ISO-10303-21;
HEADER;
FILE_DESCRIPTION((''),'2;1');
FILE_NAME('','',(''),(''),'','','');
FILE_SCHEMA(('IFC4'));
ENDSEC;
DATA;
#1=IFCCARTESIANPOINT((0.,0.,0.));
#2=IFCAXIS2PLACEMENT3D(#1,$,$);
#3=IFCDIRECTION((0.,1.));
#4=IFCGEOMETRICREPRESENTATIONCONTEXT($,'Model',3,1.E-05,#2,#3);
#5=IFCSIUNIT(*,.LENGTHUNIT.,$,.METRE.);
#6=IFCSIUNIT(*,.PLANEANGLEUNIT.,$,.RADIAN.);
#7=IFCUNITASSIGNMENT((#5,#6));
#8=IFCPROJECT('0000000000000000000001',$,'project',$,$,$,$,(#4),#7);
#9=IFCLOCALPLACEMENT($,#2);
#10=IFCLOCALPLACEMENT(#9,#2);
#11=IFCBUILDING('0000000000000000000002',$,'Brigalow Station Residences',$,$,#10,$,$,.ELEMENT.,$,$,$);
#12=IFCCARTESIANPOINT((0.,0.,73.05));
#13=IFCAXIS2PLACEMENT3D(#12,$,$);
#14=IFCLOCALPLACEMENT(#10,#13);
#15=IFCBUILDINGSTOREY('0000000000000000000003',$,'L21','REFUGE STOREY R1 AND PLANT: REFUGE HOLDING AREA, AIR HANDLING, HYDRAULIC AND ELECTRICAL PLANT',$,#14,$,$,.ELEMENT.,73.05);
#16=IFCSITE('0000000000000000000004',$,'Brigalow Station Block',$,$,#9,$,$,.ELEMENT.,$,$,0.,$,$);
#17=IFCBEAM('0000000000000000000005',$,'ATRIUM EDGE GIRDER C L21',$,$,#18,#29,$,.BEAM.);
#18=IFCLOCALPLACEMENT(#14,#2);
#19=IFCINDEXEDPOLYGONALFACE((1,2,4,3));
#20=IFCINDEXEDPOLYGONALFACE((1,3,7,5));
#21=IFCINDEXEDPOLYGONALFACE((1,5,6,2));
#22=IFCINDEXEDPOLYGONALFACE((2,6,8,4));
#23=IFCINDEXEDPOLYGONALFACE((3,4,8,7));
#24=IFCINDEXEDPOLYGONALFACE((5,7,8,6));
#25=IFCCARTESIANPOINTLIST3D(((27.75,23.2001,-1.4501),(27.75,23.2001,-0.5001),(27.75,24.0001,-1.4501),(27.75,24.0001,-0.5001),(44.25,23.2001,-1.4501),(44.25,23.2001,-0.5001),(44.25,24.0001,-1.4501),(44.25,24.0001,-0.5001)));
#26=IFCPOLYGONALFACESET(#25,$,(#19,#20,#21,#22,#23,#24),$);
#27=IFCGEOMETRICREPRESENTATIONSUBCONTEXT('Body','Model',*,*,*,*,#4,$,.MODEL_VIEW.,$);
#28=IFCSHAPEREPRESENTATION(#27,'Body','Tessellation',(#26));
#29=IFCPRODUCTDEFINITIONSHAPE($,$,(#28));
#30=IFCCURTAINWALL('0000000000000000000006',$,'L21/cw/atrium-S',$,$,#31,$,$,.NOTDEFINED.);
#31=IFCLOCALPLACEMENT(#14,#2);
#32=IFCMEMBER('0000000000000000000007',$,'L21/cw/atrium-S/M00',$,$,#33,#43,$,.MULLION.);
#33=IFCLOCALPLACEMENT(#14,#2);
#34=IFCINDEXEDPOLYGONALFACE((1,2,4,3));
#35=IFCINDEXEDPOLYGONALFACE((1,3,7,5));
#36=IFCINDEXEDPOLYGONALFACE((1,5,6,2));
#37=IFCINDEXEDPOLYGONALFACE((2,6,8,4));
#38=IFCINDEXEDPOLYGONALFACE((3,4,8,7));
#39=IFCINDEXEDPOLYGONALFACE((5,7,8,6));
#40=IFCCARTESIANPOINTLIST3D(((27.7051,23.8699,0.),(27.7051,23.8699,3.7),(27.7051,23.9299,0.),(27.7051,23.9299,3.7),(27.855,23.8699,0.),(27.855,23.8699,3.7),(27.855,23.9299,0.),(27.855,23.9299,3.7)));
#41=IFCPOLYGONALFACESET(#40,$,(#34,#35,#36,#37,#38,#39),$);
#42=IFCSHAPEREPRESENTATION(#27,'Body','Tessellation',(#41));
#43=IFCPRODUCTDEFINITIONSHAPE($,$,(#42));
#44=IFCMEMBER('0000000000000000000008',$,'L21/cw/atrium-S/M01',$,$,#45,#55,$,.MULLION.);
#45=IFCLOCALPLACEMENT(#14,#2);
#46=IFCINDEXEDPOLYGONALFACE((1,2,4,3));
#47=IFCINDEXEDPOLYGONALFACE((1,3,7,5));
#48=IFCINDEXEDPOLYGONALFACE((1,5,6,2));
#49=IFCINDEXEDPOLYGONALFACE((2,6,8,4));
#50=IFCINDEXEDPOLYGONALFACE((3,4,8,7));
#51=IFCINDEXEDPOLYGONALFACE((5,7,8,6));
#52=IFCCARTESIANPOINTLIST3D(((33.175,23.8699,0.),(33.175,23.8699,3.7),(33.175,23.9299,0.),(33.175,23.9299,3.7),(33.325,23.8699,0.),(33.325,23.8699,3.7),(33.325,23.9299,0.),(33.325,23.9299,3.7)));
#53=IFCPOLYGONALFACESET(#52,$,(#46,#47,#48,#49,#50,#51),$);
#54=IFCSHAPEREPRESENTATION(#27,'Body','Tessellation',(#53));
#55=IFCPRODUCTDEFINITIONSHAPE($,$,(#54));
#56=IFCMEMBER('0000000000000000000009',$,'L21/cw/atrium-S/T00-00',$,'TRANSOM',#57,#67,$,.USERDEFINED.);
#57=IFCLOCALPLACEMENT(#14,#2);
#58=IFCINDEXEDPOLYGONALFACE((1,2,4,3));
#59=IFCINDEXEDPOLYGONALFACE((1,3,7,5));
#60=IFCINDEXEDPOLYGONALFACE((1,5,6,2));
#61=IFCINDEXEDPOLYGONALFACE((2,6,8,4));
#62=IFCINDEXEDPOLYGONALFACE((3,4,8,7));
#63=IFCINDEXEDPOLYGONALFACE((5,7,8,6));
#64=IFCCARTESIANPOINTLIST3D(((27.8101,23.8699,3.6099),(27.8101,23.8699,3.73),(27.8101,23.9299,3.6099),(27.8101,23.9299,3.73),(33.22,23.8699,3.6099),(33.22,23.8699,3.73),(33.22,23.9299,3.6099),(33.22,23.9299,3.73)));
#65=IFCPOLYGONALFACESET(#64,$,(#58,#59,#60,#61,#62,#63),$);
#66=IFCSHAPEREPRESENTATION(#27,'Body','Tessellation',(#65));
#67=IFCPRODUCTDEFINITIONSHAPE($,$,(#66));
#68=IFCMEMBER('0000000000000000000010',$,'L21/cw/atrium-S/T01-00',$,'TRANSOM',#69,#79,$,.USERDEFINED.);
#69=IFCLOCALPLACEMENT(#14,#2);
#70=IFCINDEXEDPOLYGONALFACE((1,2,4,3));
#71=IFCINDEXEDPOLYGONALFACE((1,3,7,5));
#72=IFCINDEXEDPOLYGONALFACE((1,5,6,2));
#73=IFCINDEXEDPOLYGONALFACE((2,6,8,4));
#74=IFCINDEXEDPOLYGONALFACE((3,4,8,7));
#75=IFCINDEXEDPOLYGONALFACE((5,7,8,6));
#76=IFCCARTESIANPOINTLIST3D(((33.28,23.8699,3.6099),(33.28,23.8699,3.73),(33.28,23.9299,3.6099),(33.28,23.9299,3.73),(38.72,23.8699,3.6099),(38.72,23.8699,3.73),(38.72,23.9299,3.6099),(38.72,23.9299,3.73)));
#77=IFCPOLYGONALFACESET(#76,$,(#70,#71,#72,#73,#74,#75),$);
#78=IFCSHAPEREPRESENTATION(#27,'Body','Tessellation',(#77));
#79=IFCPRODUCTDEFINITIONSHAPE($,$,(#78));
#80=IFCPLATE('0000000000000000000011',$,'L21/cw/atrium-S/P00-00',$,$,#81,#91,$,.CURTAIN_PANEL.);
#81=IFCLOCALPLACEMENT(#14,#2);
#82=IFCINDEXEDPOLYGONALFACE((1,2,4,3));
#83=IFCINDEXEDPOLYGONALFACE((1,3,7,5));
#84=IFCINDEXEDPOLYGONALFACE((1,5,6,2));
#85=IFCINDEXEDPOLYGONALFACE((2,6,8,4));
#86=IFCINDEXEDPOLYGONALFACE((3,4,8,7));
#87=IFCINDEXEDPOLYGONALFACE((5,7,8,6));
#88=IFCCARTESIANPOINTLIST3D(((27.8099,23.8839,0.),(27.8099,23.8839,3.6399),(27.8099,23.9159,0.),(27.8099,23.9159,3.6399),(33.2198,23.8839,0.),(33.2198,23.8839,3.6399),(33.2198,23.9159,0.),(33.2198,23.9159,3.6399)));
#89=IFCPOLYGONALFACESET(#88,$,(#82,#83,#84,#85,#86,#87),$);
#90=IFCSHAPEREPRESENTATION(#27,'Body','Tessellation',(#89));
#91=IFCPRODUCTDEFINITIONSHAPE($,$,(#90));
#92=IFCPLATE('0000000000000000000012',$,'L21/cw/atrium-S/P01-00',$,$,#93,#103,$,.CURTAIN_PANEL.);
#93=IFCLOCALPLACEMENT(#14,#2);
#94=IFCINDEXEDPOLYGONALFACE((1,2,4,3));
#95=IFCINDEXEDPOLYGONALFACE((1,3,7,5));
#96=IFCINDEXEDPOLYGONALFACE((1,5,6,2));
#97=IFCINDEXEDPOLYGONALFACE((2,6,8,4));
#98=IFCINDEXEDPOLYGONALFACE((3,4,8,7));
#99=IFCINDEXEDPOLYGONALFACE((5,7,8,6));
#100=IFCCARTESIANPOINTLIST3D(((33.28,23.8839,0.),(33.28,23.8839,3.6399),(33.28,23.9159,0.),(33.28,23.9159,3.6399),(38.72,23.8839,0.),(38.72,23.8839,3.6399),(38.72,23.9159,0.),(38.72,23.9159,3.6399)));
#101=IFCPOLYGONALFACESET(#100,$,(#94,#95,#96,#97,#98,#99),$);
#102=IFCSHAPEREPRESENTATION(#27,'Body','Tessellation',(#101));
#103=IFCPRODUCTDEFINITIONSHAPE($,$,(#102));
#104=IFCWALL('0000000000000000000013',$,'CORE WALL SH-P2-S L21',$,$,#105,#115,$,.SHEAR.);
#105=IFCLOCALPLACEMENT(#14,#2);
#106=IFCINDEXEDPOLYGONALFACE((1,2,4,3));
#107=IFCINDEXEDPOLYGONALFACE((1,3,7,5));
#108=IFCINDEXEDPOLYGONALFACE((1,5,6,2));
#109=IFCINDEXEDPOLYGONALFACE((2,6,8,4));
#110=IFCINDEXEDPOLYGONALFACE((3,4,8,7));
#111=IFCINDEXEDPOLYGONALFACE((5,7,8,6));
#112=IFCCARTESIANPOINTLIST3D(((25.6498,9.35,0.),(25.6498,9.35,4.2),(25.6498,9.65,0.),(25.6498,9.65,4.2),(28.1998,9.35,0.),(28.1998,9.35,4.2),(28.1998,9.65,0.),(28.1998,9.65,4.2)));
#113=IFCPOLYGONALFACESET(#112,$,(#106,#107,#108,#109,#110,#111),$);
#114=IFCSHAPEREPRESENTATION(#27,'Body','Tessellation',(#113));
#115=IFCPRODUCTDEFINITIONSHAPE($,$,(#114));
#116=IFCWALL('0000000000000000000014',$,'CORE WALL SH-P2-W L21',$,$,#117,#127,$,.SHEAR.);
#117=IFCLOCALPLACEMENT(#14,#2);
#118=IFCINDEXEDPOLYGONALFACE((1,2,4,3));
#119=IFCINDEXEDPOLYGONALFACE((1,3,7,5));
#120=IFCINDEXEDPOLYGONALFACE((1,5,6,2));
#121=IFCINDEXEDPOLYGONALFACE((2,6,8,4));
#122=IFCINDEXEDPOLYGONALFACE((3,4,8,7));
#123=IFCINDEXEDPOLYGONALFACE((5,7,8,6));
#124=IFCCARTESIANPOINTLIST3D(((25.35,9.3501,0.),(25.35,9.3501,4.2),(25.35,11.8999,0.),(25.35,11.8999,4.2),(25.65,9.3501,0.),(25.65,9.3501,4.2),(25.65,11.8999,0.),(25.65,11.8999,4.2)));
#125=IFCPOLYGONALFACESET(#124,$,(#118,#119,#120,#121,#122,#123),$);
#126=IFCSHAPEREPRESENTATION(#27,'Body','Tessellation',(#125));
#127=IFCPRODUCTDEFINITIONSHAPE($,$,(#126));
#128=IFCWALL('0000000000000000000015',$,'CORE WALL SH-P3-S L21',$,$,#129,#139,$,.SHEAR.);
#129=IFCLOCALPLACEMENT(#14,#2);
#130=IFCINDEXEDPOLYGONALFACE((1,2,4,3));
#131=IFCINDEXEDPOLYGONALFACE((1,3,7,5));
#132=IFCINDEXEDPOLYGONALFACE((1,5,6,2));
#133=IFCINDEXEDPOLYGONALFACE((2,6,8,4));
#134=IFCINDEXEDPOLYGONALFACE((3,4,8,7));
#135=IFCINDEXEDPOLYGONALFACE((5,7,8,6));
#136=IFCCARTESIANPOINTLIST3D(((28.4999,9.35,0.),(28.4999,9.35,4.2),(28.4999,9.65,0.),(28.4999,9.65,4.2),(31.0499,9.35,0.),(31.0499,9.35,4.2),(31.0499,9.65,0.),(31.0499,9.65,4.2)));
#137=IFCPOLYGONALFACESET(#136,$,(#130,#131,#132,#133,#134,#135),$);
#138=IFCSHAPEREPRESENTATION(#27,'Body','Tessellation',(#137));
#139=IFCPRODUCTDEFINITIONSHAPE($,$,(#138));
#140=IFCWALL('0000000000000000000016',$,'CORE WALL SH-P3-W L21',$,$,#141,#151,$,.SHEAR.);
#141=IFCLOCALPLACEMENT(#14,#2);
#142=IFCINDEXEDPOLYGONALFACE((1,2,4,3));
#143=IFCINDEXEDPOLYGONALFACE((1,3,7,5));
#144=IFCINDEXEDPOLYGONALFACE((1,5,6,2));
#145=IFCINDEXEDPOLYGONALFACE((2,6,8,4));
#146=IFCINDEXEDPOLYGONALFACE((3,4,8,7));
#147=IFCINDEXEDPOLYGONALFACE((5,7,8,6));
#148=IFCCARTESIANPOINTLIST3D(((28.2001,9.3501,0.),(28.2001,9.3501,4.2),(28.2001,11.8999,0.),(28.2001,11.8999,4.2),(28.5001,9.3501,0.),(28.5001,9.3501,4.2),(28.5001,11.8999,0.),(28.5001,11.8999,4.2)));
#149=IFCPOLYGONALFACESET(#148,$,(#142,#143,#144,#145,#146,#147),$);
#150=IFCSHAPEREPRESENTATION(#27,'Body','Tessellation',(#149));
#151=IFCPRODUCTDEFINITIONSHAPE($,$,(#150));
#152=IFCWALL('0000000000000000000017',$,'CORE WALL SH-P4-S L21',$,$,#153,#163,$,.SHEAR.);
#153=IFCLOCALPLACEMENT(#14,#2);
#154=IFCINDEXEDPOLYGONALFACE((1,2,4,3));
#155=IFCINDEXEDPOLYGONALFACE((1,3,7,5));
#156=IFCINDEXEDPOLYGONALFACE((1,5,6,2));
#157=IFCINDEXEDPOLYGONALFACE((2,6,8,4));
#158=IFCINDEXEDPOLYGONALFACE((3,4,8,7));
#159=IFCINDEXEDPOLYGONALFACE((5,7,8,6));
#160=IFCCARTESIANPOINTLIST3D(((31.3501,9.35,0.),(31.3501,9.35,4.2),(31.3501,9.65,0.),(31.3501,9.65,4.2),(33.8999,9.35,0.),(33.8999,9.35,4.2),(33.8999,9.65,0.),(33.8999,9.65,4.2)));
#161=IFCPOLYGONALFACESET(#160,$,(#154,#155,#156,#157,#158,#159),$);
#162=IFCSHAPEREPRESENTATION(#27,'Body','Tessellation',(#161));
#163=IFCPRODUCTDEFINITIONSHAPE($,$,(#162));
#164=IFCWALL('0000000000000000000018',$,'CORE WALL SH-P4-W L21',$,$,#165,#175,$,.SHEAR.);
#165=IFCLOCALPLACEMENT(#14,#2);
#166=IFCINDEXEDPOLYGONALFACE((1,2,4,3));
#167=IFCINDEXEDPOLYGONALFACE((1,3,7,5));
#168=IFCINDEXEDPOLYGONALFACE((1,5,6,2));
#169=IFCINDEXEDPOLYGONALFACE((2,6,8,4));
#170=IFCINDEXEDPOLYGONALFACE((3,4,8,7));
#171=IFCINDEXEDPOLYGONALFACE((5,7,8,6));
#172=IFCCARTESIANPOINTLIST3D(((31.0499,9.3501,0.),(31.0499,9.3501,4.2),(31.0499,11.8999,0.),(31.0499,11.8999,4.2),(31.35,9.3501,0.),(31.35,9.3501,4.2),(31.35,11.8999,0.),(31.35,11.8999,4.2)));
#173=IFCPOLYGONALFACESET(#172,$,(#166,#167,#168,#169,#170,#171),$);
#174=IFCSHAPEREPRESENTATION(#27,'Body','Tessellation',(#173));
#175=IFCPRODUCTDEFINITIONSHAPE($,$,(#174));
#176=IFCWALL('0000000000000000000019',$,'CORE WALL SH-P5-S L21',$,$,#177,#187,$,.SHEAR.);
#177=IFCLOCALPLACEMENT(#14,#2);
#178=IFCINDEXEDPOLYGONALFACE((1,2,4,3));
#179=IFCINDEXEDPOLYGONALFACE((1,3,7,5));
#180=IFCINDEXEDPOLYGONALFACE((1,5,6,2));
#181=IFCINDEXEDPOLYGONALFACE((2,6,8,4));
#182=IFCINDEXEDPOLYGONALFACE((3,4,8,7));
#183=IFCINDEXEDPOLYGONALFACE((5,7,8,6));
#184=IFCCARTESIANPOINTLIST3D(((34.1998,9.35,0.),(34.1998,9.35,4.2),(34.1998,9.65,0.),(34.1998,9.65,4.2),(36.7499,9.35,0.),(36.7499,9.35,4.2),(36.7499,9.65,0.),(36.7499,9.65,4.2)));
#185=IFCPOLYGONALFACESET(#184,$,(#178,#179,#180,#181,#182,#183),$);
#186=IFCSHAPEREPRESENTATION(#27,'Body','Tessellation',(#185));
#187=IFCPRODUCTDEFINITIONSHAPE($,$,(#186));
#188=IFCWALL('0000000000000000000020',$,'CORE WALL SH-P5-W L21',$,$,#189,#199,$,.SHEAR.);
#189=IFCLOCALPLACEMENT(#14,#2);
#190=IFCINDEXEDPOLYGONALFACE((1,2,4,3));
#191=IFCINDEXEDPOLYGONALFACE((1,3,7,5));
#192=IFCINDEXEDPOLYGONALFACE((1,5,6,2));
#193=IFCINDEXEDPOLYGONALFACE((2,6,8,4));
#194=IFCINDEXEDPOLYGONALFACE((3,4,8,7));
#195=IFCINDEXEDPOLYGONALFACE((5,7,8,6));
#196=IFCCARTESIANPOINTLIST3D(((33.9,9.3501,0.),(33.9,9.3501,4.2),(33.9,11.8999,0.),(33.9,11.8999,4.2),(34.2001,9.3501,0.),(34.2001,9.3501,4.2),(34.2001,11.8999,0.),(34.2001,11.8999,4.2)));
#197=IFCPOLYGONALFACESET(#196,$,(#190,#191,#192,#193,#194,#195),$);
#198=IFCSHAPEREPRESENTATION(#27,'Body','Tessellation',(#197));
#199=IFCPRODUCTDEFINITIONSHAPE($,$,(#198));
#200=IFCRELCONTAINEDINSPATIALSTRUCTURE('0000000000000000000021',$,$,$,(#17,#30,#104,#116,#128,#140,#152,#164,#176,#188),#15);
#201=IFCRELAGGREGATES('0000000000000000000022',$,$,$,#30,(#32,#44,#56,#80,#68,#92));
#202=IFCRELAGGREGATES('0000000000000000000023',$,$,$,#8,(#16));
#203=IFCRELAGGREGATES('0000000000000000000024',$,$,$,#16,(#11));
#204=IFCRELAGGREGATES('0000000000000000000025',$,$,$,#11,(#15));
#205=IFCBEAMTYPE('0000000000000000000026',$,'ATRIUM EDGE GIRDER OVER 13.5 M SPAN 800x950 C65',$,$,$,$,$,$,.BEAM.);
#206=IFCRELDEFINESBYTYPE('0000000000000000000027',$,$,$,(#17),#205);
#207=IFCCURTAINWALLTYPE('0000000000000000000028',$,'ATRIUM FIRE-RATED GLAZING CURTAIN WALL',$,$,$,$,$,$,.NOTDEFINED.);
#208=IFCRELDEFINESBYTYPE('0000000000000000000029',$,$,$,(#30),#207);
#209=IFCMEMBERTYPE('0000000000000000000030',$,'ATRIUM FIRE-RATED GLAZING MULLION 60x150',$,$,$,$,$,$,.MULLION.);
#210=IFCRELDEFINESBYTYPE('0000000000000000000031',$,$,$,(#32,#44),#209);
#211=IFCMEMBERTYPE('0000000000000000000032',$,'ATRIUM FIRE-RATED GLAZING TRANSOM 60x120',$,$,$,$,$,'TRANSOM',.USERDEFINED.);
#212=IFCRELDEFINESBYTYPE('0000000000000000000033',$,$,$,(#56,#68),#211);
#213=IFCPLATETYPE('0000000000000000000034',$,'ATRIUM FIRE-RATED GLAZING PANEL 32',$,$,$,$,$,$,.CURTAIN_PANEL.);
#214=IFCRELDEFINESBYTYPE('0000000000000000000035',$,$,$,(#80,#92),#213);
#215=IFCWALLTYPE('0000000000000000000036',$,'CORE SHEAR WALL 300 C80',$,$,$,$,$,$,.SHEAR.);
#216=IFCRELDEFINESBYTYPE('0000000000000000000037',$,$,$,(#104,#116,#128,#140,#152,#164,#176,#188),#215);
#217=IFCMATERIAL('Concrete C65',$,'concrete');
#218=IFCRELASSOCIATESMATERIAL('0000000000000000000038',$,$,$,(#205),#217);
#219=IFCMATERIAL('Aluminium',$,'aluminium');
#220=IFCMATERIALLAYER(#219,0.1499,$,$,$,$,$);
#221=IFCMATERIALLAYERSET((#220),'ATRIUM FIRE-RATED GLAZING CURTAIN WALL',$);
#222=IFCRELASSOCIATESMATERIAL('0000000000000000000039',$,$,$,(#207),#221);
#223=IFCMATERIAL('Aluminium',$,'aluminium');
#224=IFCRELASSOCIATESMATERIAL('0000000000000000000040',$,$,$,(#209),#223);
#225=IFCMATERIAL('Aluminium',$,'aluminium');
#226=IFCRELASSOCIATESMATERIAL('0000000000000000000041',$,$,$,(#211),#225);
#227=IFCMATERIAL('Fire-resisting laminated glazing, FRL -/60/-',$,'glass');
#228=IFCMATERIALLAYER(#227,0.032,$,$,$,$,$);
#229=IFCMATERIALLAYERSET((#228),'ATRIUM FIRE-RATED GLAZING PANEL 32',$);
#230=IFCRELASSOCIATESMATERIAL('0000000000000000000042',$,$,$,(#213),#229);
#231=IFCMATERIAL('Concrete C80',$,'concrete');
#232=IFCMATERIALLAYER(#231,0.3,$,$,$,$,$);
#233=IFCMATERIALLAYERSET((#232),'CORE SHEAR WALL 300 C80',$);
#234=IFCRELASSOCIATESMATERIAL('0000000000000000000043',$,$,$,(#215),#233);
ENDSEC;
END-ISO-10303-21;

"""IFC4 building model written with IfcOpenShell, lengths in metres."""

from ifc_helpers import new_model, si_unit, direction, frame, frame_2d, origin, origin_2d, place, context, subcontext, project, spatial, rectangle, extrude, material, layer, layer_set, material_profile, profile_set, type_object, element, aggregate, save


model = new_model("IFC4")

# Units and contexts
model_context = context("Model", 3, precision=1e-05, world=origin(), true_north=direction((0.0, 1.0)))
body_context = subcontext(model_context, "Body", "Model", "MODEL_VIEW")
ifc_project = project(units=[si_unit("LENGTHUNIT", "METRE"), si_unit("PLANEANGLEUNIT", "RADIAN")], contexts=[model_context])

# Site, building, storey
site_placement = place(None, origin())
site = spatial("IfcSite", under=ifc_project, at=site_placement, Name="Brigalow Station Block", CompositionType="ELEMENT", RefElevation=0.0)
building_placement = place(site_placement, origin())
building = spatial("IfcBuilding", under=site, at=building_placement, Name="Brigalow Station Residences", CompositionType="ELEMENT")
storey_placement = place(building_placement, frame((0.0, 0.0, 73.05)))
storey = spatial("IfcBuildingStorey", under=building, at=storey_placement, Name="L21", Description="REFUGE STOREY R1 AND PLANT: REFUGE HOLDING AREA, AIR HANDLING, HYDRAULIC AND ELECTRICAL PLANT", CompositionType="ELEMENT", Elevation=73.05)

# Beam
ifc_material_1 = material(Name="Concrete C65", Category="concrete")
ifc_material_profile_1 = material_profile(ifc_material_1, rectangle(XDim=0.8, YDim=0.95, at=origin_2d()), Name="RC800x950")
ifc_profile_set_1 = profile_set([ifc_material_profile_1], Name="Concrete C65")
beam_type = type_object("IfcBeamType", Name="ATRIUM EDGE GIRDER OVER 13.5 M SPAN 800x950 C65", PredefinedType="BEAM", material=ifc_profile_set_1)
beam_placement = place(storey_placement, frame((27.75, 23.6001, -0.9751), z_axis=(1.0, 0.0, 0.0), x_axis=(0.0, 1.0, 0.0)))
element("IfcBeam", 1, at=beam_placement, inside=storey, type_object=beam_type, Name="ATRIUM EDGE GIRDER C L21", PredefinedType="BEAM", context=body_context, shape_type="SweptSolid", body=[
    extrude(rectangle(XDim=0.8, YDim=0.95, at=origin_2d()), origin(), (0.0, 0.0, 1.0), 16.5),
])

# Curtain wall, members, plates
ifc_material_2 = material(Name="Aluminium", Category="aluminium")
ifc_layer_1 = layer(ifc_material_2, 0.1499)
ifc_layer_set_1 = layer_set([ifc_layer_1], Name="ATRIUM FIRE-RATED GLAZING CURTAIN WALL")
curtain_wall_type = type_object("IfcCurtainWallType", Name="ATRIUM FIRE-RATED GLAZING CURTAIN WALL", PredefinedType="NOTDEFINED", material=ifc_layer_set_1)
curtain_wall_placement = place(storey_placement, origin())
curtain_wall = element("IfcCurtainWall", 2, at=curtain_wall_placement, inside=storey, type_object=curtain_wall_type, Name="L21/cw/atrium-S", PredefinedType="NOTDEFINED")
ifc_material_3 = material(Name="Aluminium", Category="aluminium")
ifc_material_profile_2 = material_profile(ifc_material_3, rectangle(XDim=0.0601, YDim=0.1499, at=origin_2d()), Name="ATRIUM FIRE-RATED GLAZING MULLION 60x150")
ifc_profile_set_2 = profile_set([ifc_material_profile_2], Name="Aluminium")
member_type_1 = type_object("IfcMemberType", Name="ATRIUM FIRE-RATED GLAZING MULLION 60x150", PredefinedType="MULLION", material=ifc_profile_set_2)
member_1_placement = place(storey_placement, frame((27.78, 23.8999, 0.0), z_axis=(0.0, 0.0, 1.0), x_axis=(0.0, 1.0, 0.0)))
member_1 = element("IfcMember", 3, at=member_1_placement, type_object=member_type_1, Name="L21/cw/atrium-S/M00", PredefinedType="MULLION", context=body_context, shape_type="SweptSolid", body=[
    extrude(rectangle(XDim=0.0601, YDim=0.1499, at=origin_2d()), origin(), (0.0, 0.0, 1.0), 3.7),
])
member_2_placement = place(storey_placement, frame((33.25, 23.8999, 0.0), z_axis=(0.0, 0.0, 1.0), x_axis=(0.0, 1.0, 0.0)))
member_2 = element("IfcMember", 4, at=member_2_placement, type_object=member_type_1, Name="L21/cw/atrium-S/M01", PredefinedType="MULLION", context=body_context, shape_type="SweptSolid", body=[
    extrude(rectangle(XDim=0.0601, YDim=0.1499, at=origin_2d()), origin(), (0.0, 0.0, 1.0), 3.7),
])
ifc_material_4 = material(Name="Aluminium", Category="aluminium")
ifc_material_profile_3 = material_profile(ifc_material_4, rectangle(XDim=0.0601, YDim=0.1201, at=origin_2d()), Name="ATRIUM FIRE-RATED GLAZING TRANSOM 60x120")
ifc_profile_set_3 = profile_set([ifc_material_profile_3], Name="Aluminium")
member_type_2 = type_object("IfcMemberType", Name="ATRIUM FIRE-RATED GLAZING TRANSOM 60x120", ElementType="TRANSOM", PredefinedType="USERDEFINED", material=ifc_profile_set_3)
member_3_placement = place(storey_placement, frame((27.8101, 23.8999, 3.6699), z_axis=(1.0, 0.0, 0.0), x_axis=(0.0, 1.0, 0.0)))
member_3 = element("IfcMember", 5, at=member_3_placement, type_object=member_type_2, Name="L21/cw/atrium-S/T00-00", ObjectType="TRANSOM", PredefinedType="USERDEFINED", context=body_context, shape_type="SweptSolid", body=[
    extrude(rectangle(XDim=0.0601, YDim=0.1201, at=origin_2d()), origin(), (0.0, 0.0, 1.0), 5.4099),
])
member_4_placement = place(storey_placement, frame((33.28, 23.8999, 3.6699), z_axis=(1.0, 0.0, 0.0), x_axis=(0.0, 1.0, 0.0)))
member_4 = element("IfcMember", 6, at=member_4_placement, type_object=member_type_2, Name="L21/cw/atrium-S/T01-00", ObjectType="TRANSOM", PredefinedType="USERDEFINED", context=body_context, shape_type="SweptSolid", body=[
    extrude(rectangle(XDim=0.0601, YDim=0.1201, at=origin_2d()), origin(), (0.0, 0.0, 1.0), 5.4399),
])
ifc_material_5 = material(Name="Fire-resisting laminated glazing, FRL -/60/-", Category="glass")
ifc_layer_2 = layer(ifc_material_5, 0.032)
ifc_layer_set_2 = layer_set([ifc_layer_2], Name="ATRIUM FIRE-RATED GLAZING PANEL 32")
plate_type = type_object("IfcPlateType", Name="ATRIUM FIRE-RATED GLAZING PANEL 32", PredefinedType="CURTAIN_PANEL", material=ifc_layer_set_2)
plate_1_placement = place(storey_placement, frame((30.5149, 23.8999, 0.0), z_axis=(0.0, 0.0, 1.0), x_axis=(1.0, 0.0, 0.0)))
plate_1 = element("IfcPlate", 7, at=plate_1_placement, type_object=plate_type, Name="L21/cw/atrium-S/P00-00", PredefinedType="CURTAIN_PANEL", context=body_context, shape_type="SweptSolid", body=[
    extrude(rectangle(XDim=5.4099, YDim=0.032, at=origin_2d()), origin(), (0.0, 0.0, 1.0), 3.6399),
])
plate_2_placement = place(storey_placement, frame((36.0, 23.8999, 0.0), z_axis=(0.0, 0.0, 1.0), x_axis=(1.0, 0.0, 0.0)))
plate_2 = element("IfcPlate", 8, at=plate_2_placement, type_object=plate_type, Name="L21/cw/atrium-S/P01-00", PredefinedType="CURTAIN_PANEL", context=body_context, shape_type="SweptSolid", body=[
    extrude(rectangle(XDim=5.4399, YDim=0.032, at=origin_2d()), origin(), (0.0, 0.0, 1.0), 3.6399),
])
aggregate(curtain_wall, [member_1, member_2, member_3, plate_1, member_4, plate_2])

# Walls
ifc_material_6 = material(Name="Concrete C80", Category="concrete")
ifc_layer_3 = layer(ifc_material_6, 0.3)
ifc_layer_set_3 = layer_set([ifc_layer_3], Name="CORE SHEAR WALL 300 C80")
wall_type_1 = type_object("IfcWallType", Name="CORE SHEAR WALL 300 C80", PredefinedType="SHEAR", material=ifc_layer_set_3)
wall_1_placement = place(storey_placement, frame((25.6499, 9.5, 0.0), z_axis=(0.0, 0.0, 1.0), x_axis=(1.0, 0.0, 0.0)))
element("IfcWall", 9, at=wall_1_placement, inside=storey, type_object=wall_type_1, Name="CORE WALL SH-P2-S L21", PredefinedType="SHEAR", context=body_context, shape_type="SweptSolid", body=[
    extrude(rectangle(XDim=2.55, YDim=0.3, at=frame_2d((1.2749, 0.0))), origin(), (0.0, 0.0, 1.0), 4.2),
])
wall_2_placement = place(storey_placement, frame((25.5, 9.3501, 0.0), z_axis=(0.0, 0.0, 1.0), x_axis=(0.0, 1.0, 0.0)))
element("IfcWall", 10, at=wall_2_placement, inside=storey, type_object=wall_type_1, Name="CORE WALL SH-P2-W L21", PredefinedType="SHEAR", context=body_context, shape_type="SweptSolid", body=[
    extrude(rectangle(XDim=2.5498, YDim=0.3, at=frame_2d((1.2749, 0.0))), origin(), (0.0, 0.0, 1.0), 4.2),
])
wall_3_placement = place(storey_placement, frame((28.5, 9.5, 0.0), z_axis=(0.0, 0.0, 1.0), x_axis=(1.0, 0.0, 0.0)))
element("IfcWall", 11, at=wall_3_placement, inside=storey, type_object=wall_type_1, Name="CORE WALL SH-P3-S L21", PredefinedType="SHEAR", context=body_context, shape_type="SweptSolid", body=[
    extrude(rectangle(XDim=2.55, YDim=0.3, at=frame_2d((1.2749, 0.0))), origin(), (0.0, 0.0, 1.0), 4.2),
])
for number, where, z_axis, x_axis, name in (
    (12, (28.3501, 9.3501, 0.0), (0.0, 0.0, 1.0), (0.0, 1.0, 0.0), "CORE WALL SH-P3-W L21"),
    (13, (31.3501, 9.5, 0.0), (0.0, 0.0, 1.0), (1.0, 0.0, 0.0), "CORE WALL SH-P4-S L21"),
    (14, (31.2, 9.3501, 0.0), (0.0, 0.0, 1.0), (0.0, 1.0, 0.0), "CORE WALL SH-P4-W L21"),
):
    element("IfcWall", number, at=place(storey_placement, frame(where, z_axis=z_axis, x_axis=x_axis)), inside=storey, type_object=wall_type_1, Name=name, PredefinedType="SHEAR", context=body_context, shape_type="SweptSolid", body=[
        extrude(rectangle(XDim=2.5498, YDim=0.3, at=frame_2d((1.2749, 0.0))), origin(), (0.0, 0.0, 1.0), 4.2),
    ])
wall_4_placement = place(storey_placement, frame((34.2, 9.5, 0.0), z_axis=(0.0, 0.0, 1.0), x_axis=(1.0, 0.0, 0.0)))
element("IfcWall", 15, at=wall_4_placement, inside=storey, type_object=wall_type_1, Name="CORE WALL SH-P5-S L21", PredefinedType="SHEAR", context=body_context, shape_type="SweptSolid", body=[
    extrude(rectangle(XDim=2.55, YDim=0.3, at=frame_2d((1.2749, 0.0))), origin(), (0.0, 0.0, 1.0), 4.2),
])
wall_5_placement = place(storey_placement, frame((34.05, 9.3501, 0.0), z_axis=(0.0, 0.0, 1.0), x_axis=(0.0, 1.0, 0.0)))
element("IfcWall", 16, at=wall_5_placement, inside=storey, type_object=wall_type_1, Name="CORE WALL SH-P5-W L21", PredefinedType="SHEAR", context=body_context, shape_type="SweptSolid", body=[
    extrude(rectangle(XDim=2.5498, YDim=0.3, at=frame_2d((1.2749, 0.0))), origin(), (0.0, 0.0, 1.0), 4.2),
])

save(model, "model.ifc")
